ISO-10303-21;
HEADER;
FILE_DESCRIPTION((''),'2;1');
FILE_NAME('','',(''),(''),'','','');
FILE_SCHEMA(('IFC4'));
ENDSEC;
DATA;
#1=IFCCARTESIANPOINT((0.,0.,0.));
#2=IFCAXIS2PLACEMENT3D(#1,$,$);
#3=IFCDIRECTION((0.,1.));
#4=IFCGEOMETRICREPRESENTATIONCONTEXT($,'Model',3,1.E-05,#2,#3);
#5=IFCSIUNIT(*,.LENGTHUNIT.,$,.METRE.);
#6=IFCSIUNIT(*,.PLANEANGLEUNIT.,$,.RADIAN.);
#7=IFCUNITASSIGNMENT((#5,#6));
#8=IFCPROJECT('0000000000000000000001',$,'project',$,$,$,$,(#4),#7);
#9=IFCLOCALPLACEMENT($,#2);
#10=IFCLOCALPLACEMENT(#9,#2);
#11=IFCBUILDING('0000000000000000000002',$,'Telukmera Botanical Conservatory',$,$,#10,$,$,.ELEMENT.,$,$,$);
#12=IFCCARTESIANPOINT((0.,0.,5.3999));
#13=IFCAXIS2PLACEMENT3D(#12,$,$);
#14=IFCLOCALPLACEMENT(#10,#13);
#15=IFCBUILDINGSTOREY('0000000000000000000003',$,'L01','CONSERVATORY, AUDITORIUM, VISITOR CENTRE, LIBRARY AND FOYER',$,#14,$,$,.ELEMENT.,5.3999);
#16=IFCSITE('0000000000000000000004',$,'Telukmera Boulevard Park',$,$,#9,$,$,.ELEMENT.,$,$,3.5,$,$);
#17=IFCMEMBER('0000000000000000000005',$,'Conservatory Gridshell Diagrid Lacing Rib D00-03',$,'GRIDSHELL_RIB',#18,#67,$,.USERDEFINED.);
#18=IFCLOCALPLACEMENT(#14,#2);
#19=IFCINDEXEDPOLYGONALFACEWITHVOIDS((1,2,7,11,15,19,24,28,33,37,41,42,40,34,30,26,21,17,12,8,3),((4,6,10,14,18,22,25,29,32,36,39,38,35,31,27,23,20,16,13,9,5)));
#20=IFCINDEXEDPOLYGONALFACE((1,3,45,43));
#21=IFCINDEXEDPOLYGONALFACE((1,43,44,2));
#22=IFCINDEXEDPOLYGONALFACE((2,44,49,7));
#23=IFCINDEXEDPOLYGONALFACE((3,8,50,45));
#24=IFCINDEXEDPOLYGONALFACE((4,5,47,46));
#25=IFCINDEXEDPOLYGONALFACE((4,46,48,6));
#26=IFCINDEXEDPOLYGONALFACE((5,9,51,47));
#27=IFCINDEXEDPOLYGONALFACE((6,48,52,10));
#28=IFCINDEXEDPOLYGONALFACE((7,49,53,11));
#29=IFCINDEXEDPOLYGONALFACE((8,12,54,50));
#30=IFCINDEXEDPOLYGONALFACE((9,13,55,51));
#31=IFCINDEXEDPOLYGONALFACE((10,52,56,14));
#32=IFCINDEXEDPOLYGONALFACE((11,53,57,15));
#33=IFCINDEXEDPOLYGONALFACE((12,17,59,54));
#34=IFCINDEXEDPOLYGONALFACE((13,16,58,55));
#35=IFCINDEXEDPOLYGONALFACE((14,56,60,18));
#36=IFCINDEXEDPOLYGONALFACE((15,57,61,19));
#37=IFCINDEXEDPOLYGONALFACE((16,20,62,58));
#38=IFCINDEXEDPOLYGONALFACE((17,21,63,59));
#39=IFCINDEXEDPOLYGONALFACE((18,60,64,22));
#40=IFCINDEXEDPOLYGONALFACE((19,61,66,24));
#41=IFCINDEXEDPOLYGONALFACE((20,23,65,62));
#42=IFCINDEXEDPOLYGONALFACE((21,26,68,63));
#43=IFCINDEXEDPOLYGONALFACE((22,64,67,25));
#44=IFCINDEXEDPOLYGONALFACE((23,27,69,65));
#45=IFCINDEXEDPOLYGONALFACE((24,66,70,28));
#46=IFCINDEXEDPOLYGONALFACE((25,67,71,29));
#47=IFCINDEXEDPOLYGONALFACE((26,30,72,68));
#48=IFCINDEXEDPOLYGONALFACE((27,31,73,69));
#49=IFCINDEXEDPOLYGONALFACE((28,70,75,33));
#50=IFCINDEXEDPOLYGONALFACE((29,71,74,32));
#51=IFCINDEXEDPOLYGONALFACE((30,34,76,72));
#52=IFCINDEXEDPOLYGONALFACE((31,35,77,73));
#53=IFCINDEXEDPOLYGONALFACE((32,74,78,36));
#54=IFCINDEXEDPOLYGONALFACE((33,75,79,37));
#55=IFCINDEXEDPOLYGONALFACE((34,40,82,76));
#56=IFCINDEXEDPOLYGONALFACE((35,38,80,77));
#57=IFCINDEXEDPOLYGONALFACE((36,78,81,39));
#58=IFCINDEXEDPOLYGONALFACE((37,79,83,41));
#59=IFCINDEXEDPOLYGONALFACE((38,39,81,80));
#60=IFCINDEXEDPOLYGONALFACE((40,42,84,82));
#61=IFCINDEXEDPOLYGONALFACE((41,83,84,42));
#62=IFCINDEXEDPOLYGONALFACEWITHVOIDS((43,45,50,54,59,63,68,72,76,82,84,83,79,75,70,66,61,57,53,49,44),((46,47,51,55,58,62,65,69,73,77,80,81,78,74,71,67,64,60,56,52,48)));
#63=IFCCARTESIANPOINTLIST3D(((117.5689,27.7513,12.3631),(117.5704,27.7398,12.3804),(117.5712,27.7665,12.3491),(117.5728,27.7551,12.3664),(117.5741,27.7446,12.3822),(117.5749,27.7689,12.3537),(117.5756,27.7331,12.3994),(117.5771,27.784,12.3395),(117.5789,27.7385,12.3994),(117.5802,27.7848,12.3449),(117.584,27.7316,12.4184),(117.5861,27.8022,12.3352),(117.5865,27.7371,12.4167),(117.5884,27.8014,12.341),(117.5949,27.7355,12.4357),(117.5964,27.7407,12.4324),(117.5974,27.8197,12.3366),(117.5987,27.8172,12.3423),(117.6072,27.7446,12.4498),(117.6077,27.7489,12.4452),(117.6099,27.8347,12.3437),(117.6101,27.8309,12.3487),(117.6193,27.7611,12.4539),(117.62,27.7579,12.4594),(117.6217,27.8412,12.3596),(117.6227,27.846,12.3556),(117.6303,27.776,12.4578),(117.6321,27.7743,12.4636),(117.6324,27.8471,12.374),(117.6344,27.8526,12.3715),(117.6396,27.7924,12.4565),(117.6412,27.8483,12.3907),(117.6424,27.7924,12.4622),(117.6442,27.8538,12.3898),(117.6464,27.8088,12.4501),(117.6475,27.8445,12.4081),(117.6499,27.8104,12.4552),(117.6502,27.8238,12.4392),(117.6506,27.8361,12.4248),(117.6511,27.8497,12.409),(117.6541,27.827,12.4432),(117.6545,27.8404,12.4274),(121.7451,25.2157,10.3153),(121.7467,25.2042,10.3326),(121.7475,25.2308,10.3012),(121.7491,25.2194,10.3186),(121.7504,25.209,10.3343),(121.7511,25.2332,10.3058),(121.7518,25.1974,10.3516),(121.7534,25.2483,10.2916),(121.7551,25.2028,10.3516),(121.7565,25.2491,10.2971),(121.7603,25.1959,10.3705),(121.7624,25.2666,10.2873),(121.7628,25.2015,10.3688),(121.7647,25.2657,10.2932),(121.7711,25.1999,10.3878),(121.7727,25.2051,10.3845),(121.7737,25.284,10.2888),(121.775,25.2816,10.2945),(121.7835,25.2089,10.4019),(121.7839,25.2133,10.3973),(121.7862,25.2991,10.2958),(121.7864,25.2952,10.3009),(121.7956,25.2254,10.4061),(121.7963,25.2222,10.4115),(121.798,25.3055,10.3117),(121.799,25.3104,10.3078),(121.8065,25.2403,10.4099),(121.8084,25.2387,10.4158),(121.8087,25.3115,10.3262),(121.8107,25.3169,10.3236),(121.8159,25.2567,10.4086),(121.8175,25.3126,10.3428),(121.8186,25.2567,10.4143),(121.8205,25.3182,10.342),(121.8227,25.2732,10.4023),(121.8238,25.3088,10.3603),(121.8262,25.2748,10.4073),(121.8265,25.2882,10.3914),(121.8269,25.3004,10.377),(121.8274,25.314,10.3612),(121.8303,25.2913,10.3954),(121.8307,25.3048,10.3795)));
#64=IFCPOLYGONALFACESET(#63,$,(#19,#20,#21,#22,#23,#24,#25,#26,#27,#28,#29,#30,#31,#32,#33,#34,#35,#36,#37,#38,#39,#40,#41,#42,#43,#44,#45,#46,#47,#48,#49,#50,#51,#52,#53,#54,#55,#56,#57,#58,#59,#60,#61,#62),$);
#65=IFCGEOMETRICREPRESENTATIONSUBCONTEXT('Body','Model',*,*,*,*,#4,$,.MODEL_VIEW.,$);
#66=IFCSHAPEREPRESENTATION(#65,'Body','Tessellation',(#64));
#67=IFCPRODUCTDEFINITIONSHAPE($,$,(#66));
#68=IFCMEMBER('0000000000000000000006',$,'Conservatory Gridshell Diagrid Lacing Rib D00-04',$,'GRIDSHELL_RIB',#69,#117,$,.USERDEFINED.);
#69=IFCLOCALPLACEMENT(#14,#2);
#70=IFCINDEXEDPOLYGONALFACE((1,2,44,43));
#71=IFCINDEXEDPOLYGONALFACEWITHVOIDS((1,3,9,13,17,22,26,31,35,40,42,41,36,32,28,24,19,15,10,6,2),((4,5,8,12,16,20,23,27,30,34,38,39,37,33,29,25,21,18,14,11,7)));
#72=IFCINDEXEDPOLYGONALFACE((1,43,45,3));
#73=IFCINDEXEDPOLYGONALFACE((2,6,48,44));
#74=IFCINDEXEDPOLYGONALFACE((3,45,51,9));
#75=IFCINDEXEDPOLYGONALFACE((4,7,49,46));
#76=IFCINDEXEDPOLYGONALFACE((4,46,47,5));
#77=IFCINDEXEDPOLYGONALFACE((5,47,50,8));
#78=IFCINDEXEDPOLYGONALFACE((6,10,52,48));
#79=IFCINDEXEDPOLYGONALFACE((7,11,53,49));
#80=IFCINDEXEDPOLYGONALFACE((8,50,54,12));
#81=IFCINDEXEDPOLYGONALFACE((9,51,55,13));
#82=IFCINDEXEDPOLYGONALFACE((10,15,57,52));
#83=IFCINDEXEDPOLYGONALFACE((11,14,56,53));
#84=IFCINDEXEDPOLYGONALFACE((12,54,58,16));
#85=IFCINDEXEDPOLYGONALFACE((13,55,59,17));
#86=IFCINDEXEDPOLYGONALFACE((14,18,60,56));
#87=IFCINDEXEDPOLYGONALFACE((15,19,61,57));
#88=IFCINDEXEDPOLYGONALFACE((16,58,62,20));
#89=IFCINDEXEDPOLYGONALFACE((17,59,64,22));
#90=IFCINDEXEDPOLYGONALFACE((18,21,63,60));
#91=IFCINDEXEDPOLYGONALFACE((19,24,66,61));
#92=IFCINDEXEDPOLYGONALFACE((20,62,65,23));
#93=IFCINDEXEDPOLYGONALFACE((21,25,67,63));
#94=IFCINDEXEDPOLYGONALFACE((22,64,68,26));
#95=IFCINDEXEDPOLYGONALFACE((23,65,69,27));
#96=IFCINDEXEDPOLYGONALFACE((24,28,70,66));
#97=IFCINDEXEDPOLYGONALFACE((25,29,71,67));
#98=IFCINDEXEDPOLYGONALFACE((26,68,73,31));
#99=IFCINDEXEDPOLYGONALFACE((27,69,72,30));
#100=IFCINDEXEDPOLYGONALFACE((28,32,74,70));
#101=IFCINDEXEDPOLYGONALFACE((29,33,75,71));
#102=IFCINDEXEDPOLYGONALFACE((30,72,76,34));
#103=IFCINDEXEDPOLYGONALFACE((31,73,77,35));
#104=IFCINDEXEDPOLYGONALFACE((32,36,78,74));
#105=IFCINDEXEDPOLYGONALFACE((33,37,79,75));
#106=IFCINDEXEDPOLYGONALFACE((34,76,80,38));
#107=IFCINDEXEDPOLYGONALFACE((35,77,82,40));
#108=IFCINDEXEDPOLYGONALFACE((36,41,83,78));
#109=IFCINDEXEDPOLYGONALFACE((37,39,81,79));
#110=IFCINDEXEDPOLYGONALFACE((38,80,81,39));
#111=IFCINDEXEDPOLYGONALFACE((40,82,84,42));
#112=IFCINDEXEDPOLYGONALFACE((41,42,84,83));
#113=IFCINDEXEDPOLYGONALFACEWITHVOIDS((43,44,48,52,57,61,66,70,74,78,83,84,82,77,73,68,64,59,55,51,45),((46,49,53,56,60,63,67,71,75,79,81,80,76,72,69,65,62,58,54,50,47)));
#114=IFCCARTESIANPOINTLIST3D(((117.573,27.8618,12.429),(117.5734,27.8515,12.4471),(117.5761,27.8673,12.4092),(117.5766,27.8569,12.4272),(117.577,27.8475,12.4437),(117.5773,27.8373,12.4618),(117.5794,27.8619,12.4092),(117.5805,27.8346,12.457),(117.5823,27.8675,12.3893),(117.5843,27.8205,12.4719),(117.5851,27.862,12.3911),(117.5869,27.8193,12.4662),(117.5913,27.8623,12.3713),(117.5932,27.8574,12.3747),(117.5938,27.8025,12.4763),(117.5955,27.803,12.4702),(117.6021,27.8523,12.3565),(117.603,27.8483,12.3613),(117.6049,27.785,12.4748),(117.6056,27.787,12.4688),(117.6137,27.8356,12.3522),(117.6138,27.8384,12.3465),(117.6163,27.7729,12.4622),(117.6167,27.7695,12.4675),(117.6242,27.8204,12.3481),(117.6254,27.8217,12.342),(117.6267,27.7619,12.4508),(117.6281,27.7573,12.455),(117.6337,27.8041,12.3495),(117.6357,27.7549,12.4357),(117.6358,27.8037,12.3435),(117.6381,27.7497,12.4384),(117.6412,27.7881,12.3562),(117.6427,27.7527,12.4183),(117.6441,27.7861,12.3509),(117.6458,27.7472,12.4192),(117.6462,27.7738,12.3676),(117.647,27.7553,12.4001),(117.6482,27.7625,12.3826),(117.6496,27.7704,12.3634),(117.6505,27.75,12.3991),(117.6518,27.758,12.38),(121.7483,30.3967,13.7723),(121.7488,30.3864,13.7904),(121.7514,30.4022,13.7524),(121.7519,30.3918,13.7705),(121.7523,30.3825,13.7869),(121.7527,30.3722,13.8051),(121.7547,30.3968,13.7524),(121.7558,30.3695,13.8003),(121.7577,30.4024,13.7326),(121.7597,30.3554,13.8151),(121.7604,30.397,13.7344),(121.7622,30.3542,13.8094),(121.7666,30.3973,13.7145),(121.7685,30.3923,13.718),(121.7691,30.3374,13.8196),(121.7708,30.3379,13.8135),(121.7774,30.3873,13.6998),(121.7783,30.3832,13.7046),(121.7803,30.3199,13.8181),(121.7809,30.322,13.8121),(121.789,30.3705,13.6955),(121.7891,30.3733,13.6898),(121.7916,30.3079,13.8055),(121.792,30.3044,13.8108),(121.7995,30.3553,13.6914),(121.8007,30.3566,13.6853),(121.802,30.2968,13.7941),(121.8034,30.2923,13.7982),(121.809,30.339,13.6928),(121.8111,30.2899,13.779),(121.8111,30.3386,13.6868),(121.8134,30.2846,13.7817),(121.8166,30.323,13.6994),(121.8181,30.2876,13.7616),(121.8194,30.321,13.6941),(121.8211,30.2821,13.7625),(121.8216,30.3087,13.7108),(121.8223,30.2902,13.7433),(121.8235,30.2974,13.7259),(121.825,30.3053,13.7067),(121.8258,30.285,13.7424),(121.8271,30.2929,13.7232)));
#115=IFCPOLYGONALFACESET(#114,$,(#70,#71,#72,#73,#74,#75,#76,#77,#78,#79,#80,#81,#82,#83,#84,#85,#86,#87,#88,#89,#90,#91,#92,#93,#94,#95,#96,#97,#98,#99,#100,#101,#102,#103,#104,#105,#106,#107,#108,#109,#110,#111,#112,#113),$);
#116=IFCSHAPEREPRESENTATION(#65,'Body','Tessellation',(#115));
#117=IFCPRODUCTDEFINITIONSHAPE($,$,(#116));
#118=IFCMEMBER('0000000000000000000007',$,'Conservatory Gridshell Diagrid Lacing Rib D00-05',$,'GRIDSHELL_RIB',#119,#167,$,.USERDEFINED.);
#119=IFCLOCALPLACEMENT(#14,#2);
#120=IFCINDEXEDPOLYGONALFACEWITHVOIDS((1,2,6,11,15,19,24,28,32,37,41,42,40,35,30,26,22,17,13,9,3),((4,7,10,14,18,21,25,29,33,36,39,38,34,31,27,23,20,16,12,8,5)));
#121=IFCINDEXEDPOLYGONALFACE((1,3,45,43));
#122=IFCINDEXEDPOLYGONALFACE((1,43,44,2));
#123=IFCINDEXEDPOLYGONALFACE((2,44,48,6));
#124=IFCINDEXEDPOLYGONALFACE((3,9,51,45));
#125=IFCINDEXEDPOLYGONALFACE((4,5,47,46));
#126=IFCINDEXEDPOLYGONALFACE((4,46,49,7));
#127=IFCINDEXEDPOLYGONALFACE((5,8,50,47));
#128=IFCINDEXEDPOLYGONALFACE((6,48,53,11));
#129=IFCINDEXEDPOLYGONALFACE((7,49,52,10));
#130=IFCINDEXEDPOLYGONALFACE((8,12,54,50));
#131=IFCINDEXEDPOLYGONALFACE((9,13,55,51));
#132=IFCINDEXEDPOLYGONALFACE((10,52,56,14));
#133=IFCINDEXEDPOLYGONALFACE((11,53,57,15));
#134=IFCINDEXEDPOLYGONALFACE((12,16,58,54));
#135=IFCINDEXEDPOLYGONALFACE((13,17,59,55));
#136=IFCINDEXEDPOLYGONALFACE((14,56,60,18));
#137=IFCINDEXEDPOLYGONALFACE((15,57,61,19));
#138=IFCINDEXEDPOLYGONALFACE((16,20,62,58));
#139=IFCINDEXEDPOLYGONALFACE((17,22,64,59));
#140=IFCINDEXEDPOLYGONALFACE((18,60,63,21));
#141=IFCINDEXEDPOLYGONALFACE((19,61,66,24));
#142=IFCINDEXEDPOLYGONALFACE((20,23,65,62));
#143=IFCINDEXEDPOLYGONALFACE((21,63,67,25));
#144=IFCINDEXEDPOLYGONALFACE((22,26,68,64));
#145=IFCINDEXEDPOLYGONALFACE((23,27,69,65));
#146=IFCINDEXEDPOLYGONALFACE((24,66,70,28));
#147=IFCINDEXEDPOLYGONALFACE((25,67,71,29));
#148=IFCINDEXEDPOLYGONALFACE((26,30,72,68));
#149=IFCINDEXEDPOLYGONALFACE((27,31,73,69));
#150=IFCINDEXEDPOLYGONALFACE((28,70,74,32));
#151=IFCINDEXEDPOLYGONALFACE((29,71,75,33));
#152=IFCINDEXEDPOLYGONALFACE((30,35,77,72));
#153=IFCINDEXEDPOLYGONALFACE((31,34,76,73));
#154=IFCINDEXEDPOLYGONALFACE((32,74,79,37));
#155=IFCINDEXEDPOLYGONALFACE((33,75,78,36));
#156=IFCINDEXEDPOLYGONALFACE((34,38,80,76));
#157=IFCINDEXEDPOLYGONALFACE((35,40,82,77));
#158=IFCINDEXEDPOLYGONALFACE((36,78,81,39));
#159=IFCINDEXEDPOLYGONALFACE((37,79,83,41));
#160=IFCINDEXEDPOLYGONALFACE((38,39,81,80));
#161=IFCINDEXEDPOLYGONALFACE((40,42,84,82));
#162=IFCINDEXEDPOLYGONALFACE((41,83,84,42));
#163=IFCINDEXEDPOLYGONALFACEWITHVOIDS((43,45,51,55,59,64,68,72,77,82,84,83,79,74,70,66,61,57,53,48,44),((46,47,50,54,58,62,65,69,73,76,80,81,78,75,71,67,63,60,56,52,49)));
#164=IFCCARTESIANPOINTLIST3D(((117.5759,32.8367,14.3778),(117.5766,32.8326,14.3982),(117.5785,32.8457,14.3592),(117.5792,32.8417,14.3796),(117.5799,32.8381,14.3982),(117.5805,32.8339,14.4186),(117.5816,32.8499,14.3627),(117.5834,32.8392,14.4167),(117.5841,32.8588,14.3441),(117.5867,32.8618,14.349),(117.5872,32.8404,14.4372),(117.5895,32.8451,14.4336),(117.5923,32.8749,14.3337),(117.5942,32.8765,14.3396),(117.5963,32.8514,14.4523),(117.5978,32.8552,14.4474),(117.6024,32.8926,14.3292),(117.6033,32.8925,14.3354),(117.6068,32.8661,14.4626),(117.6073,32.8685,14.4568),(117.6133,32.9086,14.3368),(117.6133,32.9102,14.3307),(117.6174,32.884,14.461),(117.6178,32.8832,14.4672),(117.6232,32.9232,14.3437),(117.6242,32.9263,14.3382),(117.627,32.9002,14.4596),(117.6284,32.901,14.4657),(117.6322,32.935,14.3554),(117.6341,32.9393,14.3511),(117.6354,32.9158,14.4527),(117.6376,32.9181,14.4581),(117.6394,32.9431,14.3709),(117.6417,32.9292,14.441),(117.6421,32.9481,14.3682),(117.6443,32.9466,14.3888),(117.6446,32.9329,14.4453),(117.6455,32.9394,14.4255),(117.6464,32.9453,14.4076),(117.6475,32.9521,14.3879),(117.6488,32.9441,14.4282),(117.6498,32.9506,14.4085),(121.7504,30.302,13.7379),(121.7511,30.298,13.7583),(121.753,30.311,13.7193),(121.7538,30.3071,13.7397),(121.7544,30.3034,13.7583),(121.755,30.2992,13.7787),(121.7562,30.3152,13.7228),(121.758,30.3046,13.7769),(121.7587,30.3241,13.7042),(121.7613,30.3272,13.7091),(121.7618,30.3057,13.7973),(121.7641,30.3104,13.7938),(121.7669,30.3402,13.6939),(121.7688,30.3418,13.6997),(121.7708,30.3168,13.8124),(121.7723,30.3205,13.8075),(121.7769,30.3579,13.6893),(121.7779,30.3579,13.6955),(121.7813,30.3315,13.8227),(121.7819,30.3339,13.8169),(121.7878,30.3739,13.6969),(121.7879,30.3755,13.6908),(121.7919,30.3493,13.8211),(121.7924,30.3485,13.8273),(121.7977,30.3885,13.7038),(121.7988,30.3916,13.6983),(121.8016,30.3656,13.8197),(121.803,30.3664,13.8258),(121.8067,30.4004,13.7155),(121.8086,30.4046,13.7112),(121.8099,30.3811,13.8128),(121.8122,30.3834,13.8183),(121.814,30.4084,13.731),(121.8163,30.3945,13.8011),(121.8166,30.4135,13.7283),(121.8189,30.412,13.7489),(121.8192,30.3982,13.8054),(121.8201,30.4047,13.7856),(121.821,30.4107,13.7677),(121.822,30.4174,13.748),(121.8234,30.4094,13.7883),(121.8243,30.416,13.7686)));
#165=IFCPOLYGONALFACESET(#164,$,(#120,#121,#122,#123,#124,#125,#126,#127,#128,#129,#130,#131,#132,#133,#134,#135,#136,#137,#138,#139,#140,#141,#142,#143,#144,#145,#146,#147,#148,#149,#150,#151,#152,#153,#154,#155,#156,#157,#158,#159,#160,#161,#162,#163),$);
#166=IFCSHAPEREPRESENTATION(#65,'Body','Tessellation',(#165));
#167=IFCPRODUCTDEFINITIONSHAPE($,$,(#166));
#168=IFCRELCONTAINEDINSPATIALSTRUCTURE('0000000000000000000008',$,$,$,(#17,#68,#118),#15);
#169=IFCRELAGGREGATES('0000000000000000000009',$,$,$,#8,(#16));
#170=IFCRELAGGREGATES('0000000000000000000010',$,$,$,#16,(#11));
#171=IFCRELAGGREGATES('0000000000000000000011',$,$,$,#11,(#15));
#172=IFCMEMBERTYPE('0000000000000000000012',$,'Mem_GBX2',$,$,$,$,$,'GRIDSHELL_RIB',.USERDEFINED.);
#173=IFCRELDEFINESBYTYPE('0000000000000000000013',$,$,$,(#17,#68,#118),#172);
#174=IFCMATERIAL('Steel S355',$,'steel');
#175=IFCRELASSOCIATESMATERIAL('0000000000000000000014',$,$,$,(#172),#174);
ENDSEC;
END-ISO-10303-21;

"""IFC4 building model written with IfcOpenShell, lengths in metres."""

from ifc_helpers import new_model, si_unit, direction, frame, origin, origin_2d, place, context, subcontext, project, spatial, hollow_circle, extrude, material, material_profile, profile_set, type_object, element, save


model = new_model("IFC4")

# Units and contexts
model_context = context("Model", 3, precision=1e-05, world=origin(), true_north=direction((0.0, 1.0)))
body_context = subcontext(model_context, "Body", "Model", "MODEL_VIEW")
ifc_project = project(units=[si_unit("LENGTHUNIT", "METRE"), si_unit("PLANEANGLEUNIT", "RADIAN")], contexts=[model_context])

# Site, building, storey
site_placement = place(None, origin())
site = spatial("IfcSite", under=ifc_project, at=site_placement, Name="Telukmera Boulevard Park", CompositionType="ELEMENT", RefElevation=3.5)
building_placement = place(site_placement, origin())
building = spatial("IfcBuilding", under=site, at=building_placement, Name="Telukmera Botanical Conservatory", CompositionType="ELEMENT")
storey_placement = place(building_placement, frame((0.0, 0.0, 5.3999)))
storey = spatial("IfcBuildingStorey", under=building, at=storey_placement, Name="L01", Description="CONSERVATORY, AUDITORIUM, VISITOR CENTRE, LIBRARY AND FOYER", CompositionType="ELEMENT", Elevation=5.3999)

# Shared definitions
ifc_material = material(Name="Steel S355", Category="steel")

# Members
ifc_material_profile_1 = material_profile(ifc_material, hollow_circle(Radius=0.0698, WallThickness=0.0063, at=origin_2d()), Name="CHS 139.7x6.3")
ifc_profile_set_1 = profile_set([ifc_material_profile_1], Name="Steel S355")
member_type_1 = type_object("IfcMemberType", Name="Mem_GBX2", ElementType="GRIDSHELL_RIB", PredefinedType="USERDEFINED", material=ifc_profile_set_1)
member_1_placement = place(storey_placement, frame((121.7881, 25.2571, 10.3516), z_axis=(-0.788334, 0.478642, 0.386563), x_axis=(-0.518986, -0.854783, 0.0)))
element("IfcMember", 1, at=member_1_placement, inside=storey, type_object=member_type_1, Name="Conservatory Gridshell Diagrid Lacing Rib D00-03", ObjectType="GRIDSHELL_RIB", PredefinedType="USERDEFINED", context=body_context, shape_type="SweptSolid", body=[
    extrude(hollow_circle(Radius=0.0698, WallThickness=0.0063, at=origin_2d()), origin(), (0.0, 0.0, 1.0), 5.2976),
])
member_2_placement = place(storey_placement, frame((117.6123, 27.8076, 12.4092), z_axis=(0.824198, 0.500389, 0.265158), x_axis=(-0.518965, 0.854795, 0.0)))
element("IfcMember", 2, at=member_2_placement, inside=storey, type_object=member_type_1, Name="Conservatory Gridshell Diagrid Lacing Rib D00-04", ObjectType="GRIDSHELL_RIB", PredefinedType="USERDEFINED", context=body_context, shape_type="SweptSolid", body=[
    extrude(hollow_circle(Radius=0.0698, WallThickness=0.0063, at=origin_2d()), origin(), (0.0, 0.0, 1.0), 5.0659),
])
member_3_placement = place(storey_placement, frame((121.7874, 30.3577, 13.7583), z_axis=(-0.847533, 0.514597, 0.129913), x_axis=(-0.518995, -0.854777, 0.0)))
element("IfcMember", 3, at=member_3_placement, inside=storey, type_object=member_type_1, Name="Conservatory Gridshell Diagrid Lacing Rib D00-05", ObjectType="GRIDSHELL_RIB", PredefinedType="USERDEFINED", context=body_context, shape_type="SweptSolid", body=[
    extrude(hollow_circle(Radius=0.0698, WallThickness=0.0063, at=origin_2d()), origin(), (0.0, 0.0, 1.0), 4.9255),
])

save(model, "model.ifc")
